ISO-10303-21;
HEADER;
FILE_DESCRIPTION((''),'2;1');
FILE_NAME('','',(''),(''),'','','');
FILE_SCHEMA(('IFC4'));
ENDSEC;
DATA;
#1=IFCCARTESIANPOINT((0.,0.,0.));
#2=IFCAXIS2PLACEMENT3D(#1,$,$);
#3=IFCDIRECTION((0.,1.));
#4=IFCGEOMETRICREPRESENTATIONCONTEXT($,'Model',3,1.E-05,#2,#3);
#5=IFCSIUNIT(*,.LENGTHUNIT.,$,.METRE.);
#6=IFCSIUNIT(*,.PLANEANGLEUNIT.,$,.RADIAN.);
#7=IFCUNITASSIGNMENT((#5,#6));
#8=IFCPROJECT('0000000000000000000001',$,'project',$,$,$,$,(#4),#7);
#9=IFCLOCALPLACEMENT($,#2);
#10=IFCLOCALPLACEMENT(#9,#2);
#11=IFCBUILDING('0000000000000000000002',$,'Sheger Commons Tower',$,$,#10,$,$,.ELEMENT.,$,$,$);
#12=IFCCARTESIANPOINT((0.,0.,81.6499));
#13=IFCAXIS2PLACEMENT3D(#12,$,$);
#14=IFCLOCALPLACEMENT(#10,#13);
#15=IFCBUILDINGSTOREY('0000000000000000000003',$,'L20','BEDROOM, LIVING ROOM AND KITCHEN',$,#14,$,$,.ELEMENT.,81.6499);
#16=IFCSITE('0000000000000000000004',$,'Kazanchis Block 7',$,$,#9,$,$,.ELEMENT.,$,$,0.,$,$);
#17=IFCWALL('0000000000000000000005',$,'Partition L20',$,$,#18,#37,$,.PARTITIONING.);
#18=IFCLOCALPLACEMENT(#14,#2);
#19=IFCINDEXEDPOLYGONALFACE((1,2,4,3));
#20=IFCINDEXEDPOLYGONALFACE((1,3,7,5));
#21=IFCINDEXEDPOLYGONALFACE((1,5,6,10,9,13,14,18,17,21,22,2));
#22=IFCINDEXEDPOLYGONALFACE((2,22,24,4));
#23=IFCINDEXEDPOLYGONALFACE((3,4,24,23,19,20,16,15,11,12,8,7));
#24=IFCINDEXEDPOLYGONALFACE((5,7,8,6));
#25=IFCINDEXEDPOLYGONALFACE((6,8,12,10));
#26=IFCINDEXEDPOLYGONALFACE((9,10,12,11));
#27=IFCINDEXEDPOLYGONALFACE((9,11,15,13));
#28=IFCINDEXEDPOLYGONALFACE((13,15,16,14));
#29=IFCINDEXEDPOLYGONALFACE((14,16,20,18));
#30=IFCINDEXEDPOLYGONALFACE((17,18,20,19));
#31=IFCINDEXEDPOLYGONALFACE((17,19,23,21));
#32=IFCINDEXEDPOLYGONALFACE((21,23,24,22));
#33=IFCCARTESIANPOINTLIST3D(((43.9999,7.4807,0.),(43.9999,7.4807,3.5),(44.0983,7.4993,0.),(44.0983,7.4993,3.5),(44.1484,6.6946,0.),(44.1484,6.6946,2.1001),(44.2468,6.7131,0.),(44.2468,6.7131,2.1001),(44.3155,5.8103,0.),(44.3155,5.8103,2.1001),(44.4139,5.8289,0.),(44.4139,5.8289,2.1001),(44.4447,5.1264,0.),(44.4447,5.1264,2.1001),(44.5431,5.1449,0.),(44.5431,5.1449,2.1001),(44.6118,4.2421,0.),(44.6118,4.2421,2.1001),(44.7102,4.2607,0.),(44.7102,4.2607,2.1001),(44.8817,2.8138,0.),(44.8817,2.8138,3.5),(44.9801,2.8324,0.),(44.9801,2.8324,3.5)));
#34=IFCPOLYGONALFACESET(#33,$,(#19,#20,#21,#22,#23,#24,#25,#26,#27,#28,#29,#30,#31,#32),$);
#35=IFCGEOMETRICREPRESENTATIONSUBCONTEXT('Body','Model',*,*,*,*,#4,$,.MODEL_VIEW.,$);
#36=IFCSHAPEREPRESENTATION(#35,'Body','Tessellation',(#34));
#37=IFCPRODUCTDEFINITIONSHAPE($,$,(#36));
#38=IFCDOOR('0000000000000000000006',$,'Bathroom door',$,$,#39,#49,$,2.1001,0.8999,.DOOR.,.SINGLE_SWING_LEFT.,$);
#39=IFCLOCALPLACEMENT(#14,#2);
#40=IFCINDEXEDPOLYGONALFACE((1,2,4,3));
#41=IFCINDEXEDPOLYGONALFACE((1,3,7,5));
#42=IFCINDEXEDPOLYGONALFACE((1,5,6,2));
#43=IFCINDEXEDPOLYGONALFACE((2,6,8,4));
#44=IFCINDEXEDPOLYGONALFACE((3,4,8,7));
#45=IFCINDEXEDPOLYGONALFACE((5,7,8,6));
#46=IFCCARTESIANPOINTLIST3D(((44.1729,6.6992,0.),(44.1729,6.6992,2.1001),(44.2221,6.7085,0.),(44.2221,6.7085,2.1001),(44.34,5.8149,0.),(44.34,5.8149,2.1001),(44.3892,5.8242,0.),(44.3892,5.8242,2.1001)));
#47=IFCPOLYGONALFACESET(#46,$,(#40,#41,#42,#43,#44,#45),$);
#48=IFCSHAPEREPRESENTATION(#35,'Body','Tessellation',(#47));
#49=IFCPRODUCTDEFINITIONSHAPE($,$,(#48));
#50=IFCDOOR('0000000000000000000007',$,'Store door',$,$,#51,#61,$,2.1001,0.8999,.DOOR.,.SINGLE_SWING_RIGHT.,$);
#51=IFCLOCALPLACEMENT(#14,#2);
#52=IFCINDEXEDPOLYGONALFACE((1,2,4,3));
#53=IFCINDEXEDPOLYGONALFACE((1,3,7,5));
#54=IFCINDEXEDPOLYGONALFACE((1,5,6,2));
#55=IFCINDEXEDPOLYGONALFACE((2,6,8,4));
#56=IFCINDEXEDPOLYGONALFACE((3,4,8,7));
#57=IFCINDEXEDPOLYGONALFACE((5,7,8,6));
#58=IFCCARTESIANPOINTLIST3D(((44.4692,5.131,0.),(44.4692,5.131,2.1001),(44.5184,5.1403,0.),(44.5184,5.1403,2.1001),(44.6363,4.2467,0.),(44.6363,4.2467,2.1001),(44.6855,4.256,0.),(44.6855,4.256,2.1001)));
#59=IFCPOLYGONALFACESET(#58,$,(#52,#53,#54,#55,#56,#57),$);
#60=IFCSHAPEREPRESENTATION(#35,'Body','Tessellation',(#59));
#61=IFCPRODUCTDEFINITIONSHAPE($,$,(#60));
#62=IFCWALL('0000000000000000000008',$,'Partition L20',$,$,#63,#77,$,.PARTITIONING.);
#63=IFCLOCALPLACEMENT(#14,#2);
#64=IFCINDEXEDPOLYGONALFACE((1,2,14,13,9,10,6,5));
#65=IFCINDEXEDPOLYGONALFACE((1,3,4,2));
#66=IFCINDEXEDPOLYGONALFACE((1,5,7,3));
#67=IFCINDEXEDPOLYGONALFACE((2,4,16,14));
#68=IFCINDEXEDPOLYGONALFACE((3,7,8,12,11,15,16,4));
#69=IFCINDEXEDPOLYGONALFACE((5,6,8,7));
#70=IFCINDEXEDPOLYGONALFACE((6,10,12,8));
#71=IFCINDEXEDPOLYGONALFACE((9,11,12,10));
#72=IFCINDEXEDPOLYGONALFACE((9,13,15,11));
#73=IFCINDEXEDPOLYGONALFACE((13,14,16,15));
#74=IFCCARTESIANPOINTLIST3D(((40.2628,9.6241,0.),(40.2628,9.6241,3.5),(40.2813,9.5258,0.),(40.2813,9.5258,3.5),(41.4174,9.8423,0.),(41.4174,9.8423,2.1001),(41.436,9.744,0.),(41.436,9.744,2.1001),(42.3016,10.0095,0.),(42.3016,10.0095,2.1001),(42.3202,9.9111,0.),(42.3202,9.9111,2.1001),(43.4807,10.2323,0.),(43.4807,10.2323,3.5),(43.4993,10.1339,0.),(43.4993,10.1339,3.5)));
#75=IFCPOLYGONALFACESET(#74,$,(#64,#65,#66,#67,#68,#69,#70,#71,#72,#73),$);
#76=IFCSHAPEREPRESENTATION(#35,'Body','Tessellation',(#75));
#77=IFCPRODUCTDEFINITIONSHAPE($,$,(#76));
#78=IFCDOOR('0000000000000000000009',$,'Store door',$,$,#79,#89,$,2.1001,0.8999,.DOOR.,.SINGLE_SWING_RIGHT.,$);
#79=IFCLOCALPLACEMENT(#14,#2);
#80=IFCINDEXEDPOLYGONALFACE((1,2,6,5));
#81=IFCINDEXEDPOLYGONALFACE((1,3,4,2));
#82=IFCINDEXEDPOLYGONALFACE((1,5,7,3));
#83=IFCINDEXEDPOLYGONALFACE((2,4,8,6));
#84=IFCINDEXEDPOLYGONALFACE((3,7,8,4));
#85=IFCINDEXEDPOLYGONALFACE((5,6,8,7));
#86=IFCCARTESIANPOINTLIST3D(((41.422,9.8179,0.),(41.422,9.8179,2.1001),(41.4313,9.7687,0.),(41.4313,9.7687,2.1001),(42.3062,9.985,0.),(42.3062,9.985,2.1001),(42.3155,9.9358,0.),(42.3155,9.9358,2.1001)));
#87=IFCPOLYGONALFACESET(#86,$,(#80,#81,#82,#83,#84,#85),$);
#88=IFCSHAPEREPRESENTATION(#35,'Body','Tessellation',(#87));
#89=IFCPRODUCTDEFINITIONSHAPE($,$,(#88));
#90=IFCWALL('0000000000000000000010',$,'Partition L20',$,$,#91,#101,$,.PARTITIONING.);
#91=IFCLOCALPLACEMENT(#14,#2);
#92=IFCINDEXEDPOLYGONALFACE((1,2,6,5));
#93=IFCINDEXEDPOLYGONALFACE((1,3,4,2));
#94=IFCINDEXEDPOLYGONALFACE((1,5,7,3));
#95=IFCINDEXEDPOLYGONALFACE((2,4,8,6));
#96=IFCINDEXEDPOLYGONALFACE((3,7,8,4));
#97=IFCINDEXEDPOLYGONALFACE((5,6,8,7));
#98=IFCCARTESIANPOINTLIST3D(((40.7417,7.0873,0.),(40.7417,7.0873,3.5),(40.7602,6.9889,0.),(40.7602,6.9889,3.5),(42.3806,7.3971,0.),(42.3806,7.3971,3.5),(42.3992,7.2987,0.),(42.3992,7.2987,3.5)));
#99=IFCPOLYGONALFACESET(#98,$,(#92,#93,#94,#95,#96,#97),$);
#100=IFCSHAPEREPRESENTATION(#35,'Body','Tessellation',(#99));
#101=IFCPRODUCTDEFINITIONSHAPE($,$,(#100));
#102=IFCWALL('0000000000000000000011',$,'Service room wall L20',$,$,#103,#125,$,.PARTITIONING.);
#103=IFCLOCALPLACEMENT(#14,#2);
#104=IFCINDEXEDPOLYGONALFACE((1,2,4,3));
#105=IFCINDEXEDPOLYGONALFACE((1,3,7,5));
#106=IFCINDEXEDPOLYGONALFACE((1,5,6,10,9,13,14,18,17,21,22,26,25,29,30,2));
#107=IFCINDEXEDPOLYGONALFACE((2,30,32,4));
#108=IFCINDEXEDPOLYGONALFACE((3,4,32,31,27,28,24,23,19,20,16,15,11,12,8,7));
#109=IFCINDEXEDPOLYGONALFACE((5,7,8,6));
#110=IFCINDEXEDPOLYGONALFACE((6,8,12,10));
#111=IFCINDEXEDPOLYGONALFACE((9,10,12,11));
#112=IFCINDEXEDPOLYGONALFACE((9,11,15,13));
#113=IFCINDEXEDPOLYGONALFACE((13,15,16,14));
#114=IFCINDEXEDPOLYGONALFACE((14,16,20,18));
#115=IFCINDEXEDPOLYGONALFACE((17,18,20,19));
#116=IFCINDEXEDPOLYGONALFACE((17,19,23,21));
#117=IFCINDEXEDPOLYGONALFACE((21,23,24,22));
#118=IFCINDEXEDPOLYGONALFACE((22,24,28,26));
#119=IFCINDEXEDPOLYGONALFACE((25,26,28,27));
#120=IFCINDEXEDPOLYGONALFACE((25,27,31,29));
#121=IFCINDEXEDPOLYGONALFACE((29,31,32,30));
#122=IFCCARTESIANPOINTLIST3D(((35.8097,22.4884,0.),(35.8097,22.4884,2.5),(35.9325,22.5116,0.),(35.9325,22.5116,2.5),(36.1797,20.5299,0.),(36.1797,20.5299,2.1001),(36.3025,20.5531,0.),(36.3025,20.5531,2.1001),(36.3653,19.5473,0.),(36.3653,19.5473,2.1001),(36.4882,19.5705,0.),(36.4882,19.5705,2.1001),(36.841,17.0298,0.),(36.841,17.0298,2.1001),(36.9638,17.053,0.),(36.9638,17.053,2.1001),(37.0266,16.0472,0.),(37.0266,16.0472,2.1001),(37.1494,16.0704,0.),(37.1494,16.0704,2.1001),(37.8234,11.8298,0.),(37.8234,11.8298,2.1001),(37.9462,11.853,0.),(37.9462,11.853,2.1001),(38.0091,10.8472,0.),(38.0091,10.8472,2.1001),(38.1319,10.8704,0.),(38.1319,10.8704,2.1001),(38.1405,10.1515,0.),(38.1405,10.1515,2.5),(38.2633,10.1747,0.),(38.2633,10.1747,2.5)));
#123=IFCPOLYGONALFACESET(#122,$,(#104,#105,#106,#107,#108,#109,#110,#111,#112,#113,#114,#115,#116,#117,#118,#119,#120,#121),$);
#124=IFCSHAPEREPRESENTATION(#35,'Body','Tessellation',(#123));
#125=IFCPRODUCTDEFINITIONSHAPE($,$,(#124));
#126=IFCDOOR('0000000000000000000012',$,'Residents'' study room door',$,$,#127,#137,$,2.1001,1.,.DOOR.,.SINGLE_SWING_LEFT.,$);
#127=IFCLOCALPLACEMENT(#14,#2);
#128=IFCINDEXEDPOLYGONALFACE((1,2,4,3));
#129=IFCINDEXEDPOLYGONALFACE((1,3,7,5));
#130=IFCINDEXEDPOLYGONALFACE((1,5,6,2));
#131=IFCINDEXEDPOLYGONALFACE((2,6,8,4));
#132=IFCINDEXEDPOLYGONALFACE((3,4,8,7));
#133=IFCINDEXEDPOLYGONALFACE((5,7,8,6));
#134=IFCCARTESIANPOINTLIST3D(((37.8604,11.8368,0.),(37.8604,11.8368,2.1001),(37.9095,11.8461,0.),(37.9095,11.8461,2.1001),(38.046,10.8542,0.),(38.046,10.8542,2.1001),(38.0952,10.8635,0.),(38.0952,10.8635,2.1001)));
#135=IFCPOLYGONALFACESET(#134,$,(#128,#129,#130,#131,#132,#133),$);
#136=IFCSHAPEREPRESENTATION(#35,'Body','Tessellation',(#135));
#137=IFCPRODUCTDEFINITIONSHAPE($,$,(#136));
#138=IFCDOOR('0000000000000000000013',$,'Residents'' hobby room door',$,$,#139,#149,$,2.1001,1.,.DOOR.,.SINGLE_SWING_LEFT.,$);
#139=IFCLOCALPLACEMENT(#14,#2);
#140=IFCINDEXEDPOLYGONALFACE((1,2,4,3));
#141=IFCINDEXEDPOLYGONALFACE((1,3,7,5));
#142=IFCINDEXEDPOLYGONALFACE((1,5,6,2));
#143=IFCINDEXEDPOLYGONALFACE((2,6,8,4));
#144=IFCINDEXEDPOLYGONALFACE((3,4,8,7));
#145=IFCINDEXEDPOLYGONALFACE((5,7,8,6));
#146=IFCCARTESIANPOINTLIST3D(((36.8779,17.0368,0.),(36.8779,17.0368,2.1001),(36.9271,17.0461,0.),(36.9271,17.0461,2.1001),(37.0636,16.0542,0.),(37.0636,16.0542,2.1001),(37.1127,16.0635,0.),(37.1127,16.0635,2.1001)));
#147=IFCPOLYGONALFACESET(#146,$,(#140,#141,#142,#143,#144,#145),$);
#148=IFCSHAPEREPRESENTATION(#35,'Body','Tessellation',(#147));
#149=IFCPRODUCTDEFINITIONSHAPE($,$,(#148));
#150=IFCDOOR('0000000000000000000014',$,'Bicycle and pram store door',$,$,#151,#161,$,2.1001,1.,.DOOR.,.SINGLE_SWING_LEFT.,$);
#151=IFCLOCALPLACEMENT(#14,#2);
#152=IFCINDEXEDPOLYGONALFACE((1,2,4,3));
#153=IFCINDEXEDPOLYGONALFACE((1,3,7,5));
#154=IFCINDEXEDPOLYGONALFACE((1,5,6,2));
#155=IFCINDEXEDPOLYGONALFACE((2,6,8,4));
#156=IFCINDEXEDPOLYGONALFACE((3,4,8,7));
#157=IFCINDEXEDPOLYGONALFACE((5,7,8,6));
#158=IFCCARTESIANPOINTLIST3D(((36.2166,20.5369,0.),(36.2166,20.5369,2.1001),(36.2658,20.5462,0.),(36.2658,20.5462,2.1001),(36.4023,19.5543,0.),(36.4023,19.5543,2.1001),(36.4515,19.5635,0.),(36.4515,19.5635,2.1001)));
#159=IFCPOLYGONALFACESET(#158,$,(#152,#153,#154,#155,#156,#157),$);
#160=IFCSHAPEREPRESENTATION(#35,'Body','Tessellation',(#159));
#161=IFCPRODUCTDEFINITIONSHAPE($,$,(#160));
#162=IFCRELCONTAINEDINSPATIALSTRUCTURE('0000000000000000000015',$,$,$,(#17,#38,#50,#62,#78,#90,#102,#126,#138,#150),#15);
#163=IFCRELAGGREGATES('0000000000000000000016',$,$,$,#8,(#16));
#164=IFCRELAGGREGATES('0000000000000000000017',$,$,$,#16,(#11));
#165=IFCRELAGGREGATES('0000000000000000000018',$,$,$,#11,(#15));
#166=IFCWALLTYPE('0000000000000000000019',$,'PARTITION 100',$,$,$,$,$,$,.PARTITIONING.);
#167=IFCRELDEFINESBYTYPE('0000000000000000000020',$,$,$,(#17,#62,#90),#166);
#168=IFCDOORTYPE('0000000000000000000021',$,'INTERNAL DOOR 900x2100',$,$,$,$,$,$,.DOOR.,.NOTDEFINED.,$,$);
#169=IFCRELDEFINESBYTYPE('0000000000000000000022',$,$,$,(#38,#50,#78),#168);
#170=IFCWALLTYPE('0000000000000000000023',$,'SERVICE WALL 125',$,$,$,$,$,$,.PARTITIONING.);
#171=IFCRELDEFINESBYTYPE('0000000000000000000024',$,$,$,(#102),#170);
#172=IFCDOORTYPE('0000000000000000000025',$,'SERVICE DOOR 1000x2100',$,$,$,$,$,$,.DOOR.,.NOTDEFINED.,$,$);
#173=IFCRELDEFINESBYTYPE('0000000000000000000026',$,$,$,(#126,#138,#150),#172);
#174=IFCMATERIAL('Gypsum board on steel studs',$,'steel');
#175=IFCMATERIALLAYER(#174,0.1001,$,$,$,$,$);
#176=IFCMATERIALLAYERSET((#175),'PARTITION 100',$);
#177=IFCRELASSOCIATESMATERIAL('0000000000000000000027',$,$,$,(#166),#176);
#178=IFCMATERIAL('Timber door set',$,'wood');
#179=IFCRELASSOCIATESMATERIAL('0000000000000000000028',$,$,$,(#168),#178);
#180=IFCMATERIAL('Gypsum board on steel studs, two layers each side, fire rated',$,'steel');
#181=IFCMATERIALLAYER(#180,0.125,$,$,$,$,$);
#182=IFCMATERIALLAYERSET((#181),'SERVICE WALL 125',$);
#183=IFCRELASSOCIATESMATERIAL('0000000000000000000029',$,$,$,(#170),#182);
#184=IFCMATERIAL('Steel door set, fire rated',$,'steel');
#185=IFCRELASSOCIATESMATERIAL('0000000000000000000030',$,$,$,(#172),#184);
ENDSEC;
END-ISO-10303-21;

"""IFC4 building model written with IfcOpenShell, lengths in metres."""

from ifc_helpers import new_model, si_unit, direction, frame, frame_2d, origin, place, context, subcontext, project, spatial, rectangle, extrude, material, layer, layer_set, type_object, element, fill, save


model = new_model("IFC4")

# Units and contexts
model_context = context("Model", 3, precision=1e-05, world=origin(), true_north=direction((0.0, 1.0)))
body_context = subcontext(model_context, "Body", "Model", "MODEL_VIEW")
ifc_project = project(units=[si_unit("LENGTHUNIT", "METRE"), si_unit("PLANEANGLEUNIT", "RADIAN")], contexts=[model_context])

# Site, building, storey
site_placement = place(None, origin())
site = spatial("IfcSite", under=ifc_project, at=site_placement, Name="Kazanchis Block 7", CompositionType="ELEMENT", RefElevation=0.0)
building_placement = place(site_placement, origin())
building = spatial("IfcBuilding", under=site, at=building_placement, Name="Sheger Commons Tower", CompositionType="ELEMENT")
storey_placement = place(building_placement, frame((0.0, 0.0, 81.6499)))
storey = spatial("IfcBuildingStorey", under=building, at=storey_placement, Name="L20", Description="BEDROOM, LIVING ROOM AND KITCHEN", CompositionType="ELEMENT", Elevation=81.6499)

# Shared definitions
ifc_material_1 = material(Name="Gypsum board on steel studs", Category="steel")
ifc_layer_1 = layer(ifc_material_1, 0.1001)
ifc_layer_set_1 = layer_set([ifc_layer_1], Name="PARTITION 100")
wall_type_1 = type_object("IfcWallType", Name="PARTITION 100", PredefinedType="PARTITIONING", material=ifc_layer_set_1)
ifc_material_2 = material(Name="Timber door set", Category="wood")
door_type_1 = type_object("IfcDoorType", Name="INTERNAL DOOR 900x2100", OperationType="NOTDEFINED", PredefinedType="DOOR", material=ifc_material_2)

# Wall, openings, doors
wall_1_placement = place(storey_placement, frame((44.0491, 7.49, 0.0), z_axis=(0.0, 0.0, 1.0), x_axis=(0.185666, -0.982613, 0.0)))
wall_1 = element("IfcWall", 1, at=wall_1_placement, inside=storey, type_object=wall_type_1, Name="Partition L20", PredefinedType="PARTITIONING", context=body_context, shape_type="SweptSolid", body=[
    extrude(rectangle(XDim=4.7495, YDim=0.1001, at=frame_2d((2.3748, 0.0))), origin(), (0.0, 0.0, 1.0), 3.5),
])
opening_1_placement = place(wall_1_placement, frame((0.8, 0.0, 0.0)))
opening_1 = element("IfcOpeningElement", 2, at=opening_1_placement, cuts=wall_1, PredefinedType="OPENING", context=body_context, shape_type="SweptSolid", body=[
    extrude(rectangle(XDim=0.8999, YDim=2.1001, at=frame_2d((0.45, 1.05))), frame((0.0, 0.0601, 0.0), z_axis=(0.0, -1.0, 0.0), x_axis=(1.0, 0.0, 0.0)), (0.0, 0.0, 1.0), 0.1201),
])
opening_2_placement = place(wall_1_placement, frame((2.396, 0.0, 0.0)))
opening_2 = element("IfcOpeningElement", 3, at=opening_2_placement, cuts=wall_1, PredefinedType="OPENING", context=body_context, shape_type="SweptSolid", body=[
    extrude(rectangle(XDim=0.8999, YDim=2.1001, at=frame_2d((0.45, 1.05))), frame((0.0, 0.0601, 0.0), z_axis=(0.0, -1.0, 0.0), x_axis=(1.0, 0.0, 0.0)), (0.0, 0.0, 1.0), 0.1201),
])
door_1_placement = place(opening_1_placement, origin())
door_1 = element("IfcDoor", 4, at=door_1_placement, inside=storey, type_object=door_type_1, Name="Bathroom door", OperationType="SINGLE_SWING_LEFT", OverallHeight=2.1001, OverallWidth=0.8999, PredefinedType="DOOR", context=body_context, shape_type="SweptSolid", body=[
    extrude(rectangle(XDim=0.8999, YDim=2.1001, at=frame_2d((0.45, 1.05))), frame((0.0, 0.0249, 0.0), z_axis=(0.0, -1.0, 0.0), x_axis=(1.0, 0.0, 0.0)), (0.0, 0.0, 1.0), 0.05),
])
fill(opening_1, door_1)
door_2_placement = place(opening_2_placement, origin())
door_2 = element("IfcDoor", 5, at=door_2_placement, inside=storey, type_object=door_type_1, Name="Store door", OperationType="SINGLE_SWING_RIGHT", OverallHeight=2.1001, OverallWidth=0.8999, PredefinedType="DOOR", context=body_context, shape_type="SweptSolid", body=[
    extrude(rectangle(XDim=0.8999, YDim=2.1001, at=frame_2d((0.45, 1.05))), frame((0.0, 0.0249, 0.0), z_axis=(0.0, -1.0, 0.0), x_axis=(1.0, 0.0, 0.0)), (0.0, 0.0, 1.0), 0.05),
])
fill(opening_2, door_2)

# Wall, opening, door
wall_2_placement = place(storey_placement, frame((43.49, 10.1831, 0.0), z_axis=(0.0, 0.0, 1.0), x_axis=(-0.982607, -0.185697, 0.0)))
wall_2 = element("IfcWall", 6, at=wall_2_placement, inside=storey, type_object=wall_type_1, Name="Partition L20", PredefinedType="PARTITIONING", context=body_context, shape_type="SweptSolid", body=[
    extrude(rectangle(XDim=3.2749, YDim=0.1001, at=frame_2d((1.6375, 0.0))), origin(), (0.0, 0.0, 1.0), 3.5),
])
opening_3_placement = place(wall_2_placement, frame((1.2, 0.0, 0.0)))
opening_3 = element("IfcOpeningElement", 7, at=opening_3_placement, cuts=wall_2, PredefinedType="OPENING", context=body_context, shape_type="SweptSolid", body=[
    extrude(rectangle(XDim=0.8999, YDim=2.1001, at=frame_2d((0.45, 1.05))), frame((0.0, 0.0601, 0.0), z_axis=(0.0, -1.0, 0.0), x_axis=(1.0, 0.0, 0.0)), (0.0, 0.0, 1.0), 0.1201),
])
door_3_placement = place(opening_3_placement, origin())
door_3 = element("IfcDoor", 8, at=door_3_placement, inside=storey, type_object=door_type_1, Name="Store door", OperationType="SINGLE_SWING_RIGHT", OverallHeight=2.1001, OverallWidth=0.8999, PredefinedType="DOOR", context=body_context, shape_type="SweptSolid", body=[
    extrude(rectangle(XDim=0.8999, YDim=2.1001, at=frame_2d((0.45, 1.05))), frame((0.0, 0.0249, 0.0), z_axis=(0.0, -1.0, 0.0), x_axis=(1.0, 0.0, 0.0)), (0.0, 0.0, 1.0), 0.05),
])
fill(opening_3, door_3)

# Wall
wall_3_placement = place(storey_placement, frame((42.3899, 7.3479, 0.0), z_axis=(0.0, 0.0, 1.0), x_axis=(-0.982598, -0.185747, 0.0)))
element("IfcWall", 9, at=wall_3_placement, inside=storey, type_object=wall_type_1, Name="Partition L20", PredefinedType="PARTITIONING", context=body_context, shape_type="SweptSolid", body=[
    extrude(rectangle(XDim=1.668, YDim=0.1001, at=frame_2d((0.834, 0.0))), origin(), (0.0, 0.0, 1.0), 3.5),
])

# Wall, openings, doors
ifc_material_3 = material(Name="Gypsum board on steel studs, two layers each side, fire rated", Category="steel")
ifc_layer_2 = layer(ifc_material_3, 0.125)
ifc_layer_set_2 = layer_set([ifc_layer_2], Name="SERVICE WALL 125")
wall_type_2 = type_object("IfcWallType", Name="SERVICE WALL 125", PredefinedType="PARTITIONING", material=ifc_layer_set_2)
wall_4_placement = place(storey_placement, frame((38.2019, 10.1631, 0.0), z_axis=(0.0, 0.0, 1.0), x_axis=(-0.185646, 0.982617, 0.0)))
wall_4 = element("IfcWall", 10, at=wall_4_placement, inside=storey, type_object=wall_type_2, Name="Service room wall L20", PredefinedType="PARTITIONING", context=body_context, shape_type="SweptSolid", body=[
    extrude(rectangle(XDim=12.5552, YDim=0.125, at=frame_2d((6.2776, 0.0))), origin(), (0.0, 0.0, 1.0), 2.5),
])
opening_4_placement = place(wall_4_placement, frame((0.708, 0.0, 0.0)))
opening_4 = element("IfcOpeningElement", 11, at=opening_4_placement, cuts=wall_4, PredefinedType="OPENING", context=body_context, shape_type="SweptSolid", body=[
    extrude(rectangle(XDim=1.0, YDim=2.1001, at=frame_2d((0.5, 1.05))), frame((0.0, 0.0725, 0.0), z_axis=(0.0, -1.0, 0.0), x_axis=(1.0, 0.0, 0.0)), (0.0, 0.0, 1.0), 0.145),
])
opening_5_placement = place(wall_4_placement, frame((6.0, 0.0, 0.0)))
opening_5 = element("IfcOpeningElement", 12, at=opening_5_placement, cuts=wall_4, PredefinedType="OPENING", context=body_context, shape_type="SweptSolid", body=[
    extrude(rectangle(XDim=1.0, YDim=2.1001, at=frame_2d((0.5, 1.05))), frame((0.0, 0.0725, 0.0), z_axis=(0.0, -1.0, 0.0), x_axis=(1.0, 0.0, 0.0)), (0.0, 0.0, 1.0), 0.145),
])
opening_6_placement = place(wall_4_placement, frame((9.562, 0.0, 0.0)))
opening_6 = element("IfcOpeningElement", 13, at=opening_6_placement, cuts=wall_4, PredefinedType="OPENING", context=body_context, shape_type="SweptSolid", body=[
    extrude(rectangle(XDim=1.0, YDim=2.1001, at=frame_2d((0.5, 1.05))), frame((0.0, 0.0725, 0.0), z_axis=(0.0, -1.0, 0.0), x_axis=(1.0, 0.0, 0.0)), (0.0, 0.0, 1.0), 0.145),
])
ifc_material_4 = material(Name="Steel door set, fire rated", Category="steel")
door_type_2 = type_object("IfcDoorType", Name="SERVICE DOOR 1000x2100", OperationType="NOTDEFINED", PredefinedType="DOOR", material=ifc_material_4)
door_4_placement = place(opening_4_placement, origin())
door_4 = element("IfcDoor", 14, at=door_4_placement, inside=storey, type_object=door_type_2, Name="Residents' study room door", OperationType="SINGLE_SWING_LEFT", OverallHeight=2.1001, OverallWidth=1.0, PredefinedType="DOOR", context=body_context, shape_type="SweptSolid", body=[
    extrude(rectangle(XDim=1.0, YDim=2.1001, at=frame_2d((0.5, 1.05))), frame((0.0, 0.0249, 0.0), z_axis=(0.0, -1.0, 0.0), x_axis=(1.0, 0.0, 0.0)), (0.0, 0.0, 1.0), 0.05),
])
fill(opening_4, door_4)
door_5_placement = place(opening_5_placement, origin())
door_5 = element("IfcDoor", 15, at=door_5_placement, inside=storey, type_object=door_type_2, Name="Residents' hobby room door", OperationType="SINGLE_SWING_LEFT", OverallHeight=2.1001, OverallWidth=1.0, PredefinedType="DOOR", context=body_context, shape_type="SweptSolid", body=[
    extrude(rectangle(XDim=1.0, YDim=2.1001, at=frame_2d((0.5, 1.05))), frame((0.0, 0.0249, 0.0), z_axis=(0.0, -1.0, 0.0), x_axis=(1.0, 0.0, 0.0)), (0.0, 0.0, 1.0), 0.05),
])
fill(opening_5, door_5)
door_6_placement = place(opening_6_placement, origin())
door_6 = element("IfcDoor", 16, at=door_6_placement, inside=storey, type_object=door_type_2, Name="Bicycle and pram store door", OperationType="SINGLE_SWING_LEFT", OverallHeight=2.1001, OverallWidth=1.0, PredefinedType="DOOR", context=body_context, shape_type="SweptSolid", body=[
    extrude(rectangle(XDim=1.0, YDim=2.1001, at=frame_2d((0.5, 1.05))), frame((0.0, 0.0249, 0.0), z_axis=(0.0, -1.0, 0.0), x_axis=(1.0, 0.0, 0.0)), (0.0, 0.0, 1.0), 0.05),
])
fill(opening_6, door_6)

save(model, "model.ifc")
